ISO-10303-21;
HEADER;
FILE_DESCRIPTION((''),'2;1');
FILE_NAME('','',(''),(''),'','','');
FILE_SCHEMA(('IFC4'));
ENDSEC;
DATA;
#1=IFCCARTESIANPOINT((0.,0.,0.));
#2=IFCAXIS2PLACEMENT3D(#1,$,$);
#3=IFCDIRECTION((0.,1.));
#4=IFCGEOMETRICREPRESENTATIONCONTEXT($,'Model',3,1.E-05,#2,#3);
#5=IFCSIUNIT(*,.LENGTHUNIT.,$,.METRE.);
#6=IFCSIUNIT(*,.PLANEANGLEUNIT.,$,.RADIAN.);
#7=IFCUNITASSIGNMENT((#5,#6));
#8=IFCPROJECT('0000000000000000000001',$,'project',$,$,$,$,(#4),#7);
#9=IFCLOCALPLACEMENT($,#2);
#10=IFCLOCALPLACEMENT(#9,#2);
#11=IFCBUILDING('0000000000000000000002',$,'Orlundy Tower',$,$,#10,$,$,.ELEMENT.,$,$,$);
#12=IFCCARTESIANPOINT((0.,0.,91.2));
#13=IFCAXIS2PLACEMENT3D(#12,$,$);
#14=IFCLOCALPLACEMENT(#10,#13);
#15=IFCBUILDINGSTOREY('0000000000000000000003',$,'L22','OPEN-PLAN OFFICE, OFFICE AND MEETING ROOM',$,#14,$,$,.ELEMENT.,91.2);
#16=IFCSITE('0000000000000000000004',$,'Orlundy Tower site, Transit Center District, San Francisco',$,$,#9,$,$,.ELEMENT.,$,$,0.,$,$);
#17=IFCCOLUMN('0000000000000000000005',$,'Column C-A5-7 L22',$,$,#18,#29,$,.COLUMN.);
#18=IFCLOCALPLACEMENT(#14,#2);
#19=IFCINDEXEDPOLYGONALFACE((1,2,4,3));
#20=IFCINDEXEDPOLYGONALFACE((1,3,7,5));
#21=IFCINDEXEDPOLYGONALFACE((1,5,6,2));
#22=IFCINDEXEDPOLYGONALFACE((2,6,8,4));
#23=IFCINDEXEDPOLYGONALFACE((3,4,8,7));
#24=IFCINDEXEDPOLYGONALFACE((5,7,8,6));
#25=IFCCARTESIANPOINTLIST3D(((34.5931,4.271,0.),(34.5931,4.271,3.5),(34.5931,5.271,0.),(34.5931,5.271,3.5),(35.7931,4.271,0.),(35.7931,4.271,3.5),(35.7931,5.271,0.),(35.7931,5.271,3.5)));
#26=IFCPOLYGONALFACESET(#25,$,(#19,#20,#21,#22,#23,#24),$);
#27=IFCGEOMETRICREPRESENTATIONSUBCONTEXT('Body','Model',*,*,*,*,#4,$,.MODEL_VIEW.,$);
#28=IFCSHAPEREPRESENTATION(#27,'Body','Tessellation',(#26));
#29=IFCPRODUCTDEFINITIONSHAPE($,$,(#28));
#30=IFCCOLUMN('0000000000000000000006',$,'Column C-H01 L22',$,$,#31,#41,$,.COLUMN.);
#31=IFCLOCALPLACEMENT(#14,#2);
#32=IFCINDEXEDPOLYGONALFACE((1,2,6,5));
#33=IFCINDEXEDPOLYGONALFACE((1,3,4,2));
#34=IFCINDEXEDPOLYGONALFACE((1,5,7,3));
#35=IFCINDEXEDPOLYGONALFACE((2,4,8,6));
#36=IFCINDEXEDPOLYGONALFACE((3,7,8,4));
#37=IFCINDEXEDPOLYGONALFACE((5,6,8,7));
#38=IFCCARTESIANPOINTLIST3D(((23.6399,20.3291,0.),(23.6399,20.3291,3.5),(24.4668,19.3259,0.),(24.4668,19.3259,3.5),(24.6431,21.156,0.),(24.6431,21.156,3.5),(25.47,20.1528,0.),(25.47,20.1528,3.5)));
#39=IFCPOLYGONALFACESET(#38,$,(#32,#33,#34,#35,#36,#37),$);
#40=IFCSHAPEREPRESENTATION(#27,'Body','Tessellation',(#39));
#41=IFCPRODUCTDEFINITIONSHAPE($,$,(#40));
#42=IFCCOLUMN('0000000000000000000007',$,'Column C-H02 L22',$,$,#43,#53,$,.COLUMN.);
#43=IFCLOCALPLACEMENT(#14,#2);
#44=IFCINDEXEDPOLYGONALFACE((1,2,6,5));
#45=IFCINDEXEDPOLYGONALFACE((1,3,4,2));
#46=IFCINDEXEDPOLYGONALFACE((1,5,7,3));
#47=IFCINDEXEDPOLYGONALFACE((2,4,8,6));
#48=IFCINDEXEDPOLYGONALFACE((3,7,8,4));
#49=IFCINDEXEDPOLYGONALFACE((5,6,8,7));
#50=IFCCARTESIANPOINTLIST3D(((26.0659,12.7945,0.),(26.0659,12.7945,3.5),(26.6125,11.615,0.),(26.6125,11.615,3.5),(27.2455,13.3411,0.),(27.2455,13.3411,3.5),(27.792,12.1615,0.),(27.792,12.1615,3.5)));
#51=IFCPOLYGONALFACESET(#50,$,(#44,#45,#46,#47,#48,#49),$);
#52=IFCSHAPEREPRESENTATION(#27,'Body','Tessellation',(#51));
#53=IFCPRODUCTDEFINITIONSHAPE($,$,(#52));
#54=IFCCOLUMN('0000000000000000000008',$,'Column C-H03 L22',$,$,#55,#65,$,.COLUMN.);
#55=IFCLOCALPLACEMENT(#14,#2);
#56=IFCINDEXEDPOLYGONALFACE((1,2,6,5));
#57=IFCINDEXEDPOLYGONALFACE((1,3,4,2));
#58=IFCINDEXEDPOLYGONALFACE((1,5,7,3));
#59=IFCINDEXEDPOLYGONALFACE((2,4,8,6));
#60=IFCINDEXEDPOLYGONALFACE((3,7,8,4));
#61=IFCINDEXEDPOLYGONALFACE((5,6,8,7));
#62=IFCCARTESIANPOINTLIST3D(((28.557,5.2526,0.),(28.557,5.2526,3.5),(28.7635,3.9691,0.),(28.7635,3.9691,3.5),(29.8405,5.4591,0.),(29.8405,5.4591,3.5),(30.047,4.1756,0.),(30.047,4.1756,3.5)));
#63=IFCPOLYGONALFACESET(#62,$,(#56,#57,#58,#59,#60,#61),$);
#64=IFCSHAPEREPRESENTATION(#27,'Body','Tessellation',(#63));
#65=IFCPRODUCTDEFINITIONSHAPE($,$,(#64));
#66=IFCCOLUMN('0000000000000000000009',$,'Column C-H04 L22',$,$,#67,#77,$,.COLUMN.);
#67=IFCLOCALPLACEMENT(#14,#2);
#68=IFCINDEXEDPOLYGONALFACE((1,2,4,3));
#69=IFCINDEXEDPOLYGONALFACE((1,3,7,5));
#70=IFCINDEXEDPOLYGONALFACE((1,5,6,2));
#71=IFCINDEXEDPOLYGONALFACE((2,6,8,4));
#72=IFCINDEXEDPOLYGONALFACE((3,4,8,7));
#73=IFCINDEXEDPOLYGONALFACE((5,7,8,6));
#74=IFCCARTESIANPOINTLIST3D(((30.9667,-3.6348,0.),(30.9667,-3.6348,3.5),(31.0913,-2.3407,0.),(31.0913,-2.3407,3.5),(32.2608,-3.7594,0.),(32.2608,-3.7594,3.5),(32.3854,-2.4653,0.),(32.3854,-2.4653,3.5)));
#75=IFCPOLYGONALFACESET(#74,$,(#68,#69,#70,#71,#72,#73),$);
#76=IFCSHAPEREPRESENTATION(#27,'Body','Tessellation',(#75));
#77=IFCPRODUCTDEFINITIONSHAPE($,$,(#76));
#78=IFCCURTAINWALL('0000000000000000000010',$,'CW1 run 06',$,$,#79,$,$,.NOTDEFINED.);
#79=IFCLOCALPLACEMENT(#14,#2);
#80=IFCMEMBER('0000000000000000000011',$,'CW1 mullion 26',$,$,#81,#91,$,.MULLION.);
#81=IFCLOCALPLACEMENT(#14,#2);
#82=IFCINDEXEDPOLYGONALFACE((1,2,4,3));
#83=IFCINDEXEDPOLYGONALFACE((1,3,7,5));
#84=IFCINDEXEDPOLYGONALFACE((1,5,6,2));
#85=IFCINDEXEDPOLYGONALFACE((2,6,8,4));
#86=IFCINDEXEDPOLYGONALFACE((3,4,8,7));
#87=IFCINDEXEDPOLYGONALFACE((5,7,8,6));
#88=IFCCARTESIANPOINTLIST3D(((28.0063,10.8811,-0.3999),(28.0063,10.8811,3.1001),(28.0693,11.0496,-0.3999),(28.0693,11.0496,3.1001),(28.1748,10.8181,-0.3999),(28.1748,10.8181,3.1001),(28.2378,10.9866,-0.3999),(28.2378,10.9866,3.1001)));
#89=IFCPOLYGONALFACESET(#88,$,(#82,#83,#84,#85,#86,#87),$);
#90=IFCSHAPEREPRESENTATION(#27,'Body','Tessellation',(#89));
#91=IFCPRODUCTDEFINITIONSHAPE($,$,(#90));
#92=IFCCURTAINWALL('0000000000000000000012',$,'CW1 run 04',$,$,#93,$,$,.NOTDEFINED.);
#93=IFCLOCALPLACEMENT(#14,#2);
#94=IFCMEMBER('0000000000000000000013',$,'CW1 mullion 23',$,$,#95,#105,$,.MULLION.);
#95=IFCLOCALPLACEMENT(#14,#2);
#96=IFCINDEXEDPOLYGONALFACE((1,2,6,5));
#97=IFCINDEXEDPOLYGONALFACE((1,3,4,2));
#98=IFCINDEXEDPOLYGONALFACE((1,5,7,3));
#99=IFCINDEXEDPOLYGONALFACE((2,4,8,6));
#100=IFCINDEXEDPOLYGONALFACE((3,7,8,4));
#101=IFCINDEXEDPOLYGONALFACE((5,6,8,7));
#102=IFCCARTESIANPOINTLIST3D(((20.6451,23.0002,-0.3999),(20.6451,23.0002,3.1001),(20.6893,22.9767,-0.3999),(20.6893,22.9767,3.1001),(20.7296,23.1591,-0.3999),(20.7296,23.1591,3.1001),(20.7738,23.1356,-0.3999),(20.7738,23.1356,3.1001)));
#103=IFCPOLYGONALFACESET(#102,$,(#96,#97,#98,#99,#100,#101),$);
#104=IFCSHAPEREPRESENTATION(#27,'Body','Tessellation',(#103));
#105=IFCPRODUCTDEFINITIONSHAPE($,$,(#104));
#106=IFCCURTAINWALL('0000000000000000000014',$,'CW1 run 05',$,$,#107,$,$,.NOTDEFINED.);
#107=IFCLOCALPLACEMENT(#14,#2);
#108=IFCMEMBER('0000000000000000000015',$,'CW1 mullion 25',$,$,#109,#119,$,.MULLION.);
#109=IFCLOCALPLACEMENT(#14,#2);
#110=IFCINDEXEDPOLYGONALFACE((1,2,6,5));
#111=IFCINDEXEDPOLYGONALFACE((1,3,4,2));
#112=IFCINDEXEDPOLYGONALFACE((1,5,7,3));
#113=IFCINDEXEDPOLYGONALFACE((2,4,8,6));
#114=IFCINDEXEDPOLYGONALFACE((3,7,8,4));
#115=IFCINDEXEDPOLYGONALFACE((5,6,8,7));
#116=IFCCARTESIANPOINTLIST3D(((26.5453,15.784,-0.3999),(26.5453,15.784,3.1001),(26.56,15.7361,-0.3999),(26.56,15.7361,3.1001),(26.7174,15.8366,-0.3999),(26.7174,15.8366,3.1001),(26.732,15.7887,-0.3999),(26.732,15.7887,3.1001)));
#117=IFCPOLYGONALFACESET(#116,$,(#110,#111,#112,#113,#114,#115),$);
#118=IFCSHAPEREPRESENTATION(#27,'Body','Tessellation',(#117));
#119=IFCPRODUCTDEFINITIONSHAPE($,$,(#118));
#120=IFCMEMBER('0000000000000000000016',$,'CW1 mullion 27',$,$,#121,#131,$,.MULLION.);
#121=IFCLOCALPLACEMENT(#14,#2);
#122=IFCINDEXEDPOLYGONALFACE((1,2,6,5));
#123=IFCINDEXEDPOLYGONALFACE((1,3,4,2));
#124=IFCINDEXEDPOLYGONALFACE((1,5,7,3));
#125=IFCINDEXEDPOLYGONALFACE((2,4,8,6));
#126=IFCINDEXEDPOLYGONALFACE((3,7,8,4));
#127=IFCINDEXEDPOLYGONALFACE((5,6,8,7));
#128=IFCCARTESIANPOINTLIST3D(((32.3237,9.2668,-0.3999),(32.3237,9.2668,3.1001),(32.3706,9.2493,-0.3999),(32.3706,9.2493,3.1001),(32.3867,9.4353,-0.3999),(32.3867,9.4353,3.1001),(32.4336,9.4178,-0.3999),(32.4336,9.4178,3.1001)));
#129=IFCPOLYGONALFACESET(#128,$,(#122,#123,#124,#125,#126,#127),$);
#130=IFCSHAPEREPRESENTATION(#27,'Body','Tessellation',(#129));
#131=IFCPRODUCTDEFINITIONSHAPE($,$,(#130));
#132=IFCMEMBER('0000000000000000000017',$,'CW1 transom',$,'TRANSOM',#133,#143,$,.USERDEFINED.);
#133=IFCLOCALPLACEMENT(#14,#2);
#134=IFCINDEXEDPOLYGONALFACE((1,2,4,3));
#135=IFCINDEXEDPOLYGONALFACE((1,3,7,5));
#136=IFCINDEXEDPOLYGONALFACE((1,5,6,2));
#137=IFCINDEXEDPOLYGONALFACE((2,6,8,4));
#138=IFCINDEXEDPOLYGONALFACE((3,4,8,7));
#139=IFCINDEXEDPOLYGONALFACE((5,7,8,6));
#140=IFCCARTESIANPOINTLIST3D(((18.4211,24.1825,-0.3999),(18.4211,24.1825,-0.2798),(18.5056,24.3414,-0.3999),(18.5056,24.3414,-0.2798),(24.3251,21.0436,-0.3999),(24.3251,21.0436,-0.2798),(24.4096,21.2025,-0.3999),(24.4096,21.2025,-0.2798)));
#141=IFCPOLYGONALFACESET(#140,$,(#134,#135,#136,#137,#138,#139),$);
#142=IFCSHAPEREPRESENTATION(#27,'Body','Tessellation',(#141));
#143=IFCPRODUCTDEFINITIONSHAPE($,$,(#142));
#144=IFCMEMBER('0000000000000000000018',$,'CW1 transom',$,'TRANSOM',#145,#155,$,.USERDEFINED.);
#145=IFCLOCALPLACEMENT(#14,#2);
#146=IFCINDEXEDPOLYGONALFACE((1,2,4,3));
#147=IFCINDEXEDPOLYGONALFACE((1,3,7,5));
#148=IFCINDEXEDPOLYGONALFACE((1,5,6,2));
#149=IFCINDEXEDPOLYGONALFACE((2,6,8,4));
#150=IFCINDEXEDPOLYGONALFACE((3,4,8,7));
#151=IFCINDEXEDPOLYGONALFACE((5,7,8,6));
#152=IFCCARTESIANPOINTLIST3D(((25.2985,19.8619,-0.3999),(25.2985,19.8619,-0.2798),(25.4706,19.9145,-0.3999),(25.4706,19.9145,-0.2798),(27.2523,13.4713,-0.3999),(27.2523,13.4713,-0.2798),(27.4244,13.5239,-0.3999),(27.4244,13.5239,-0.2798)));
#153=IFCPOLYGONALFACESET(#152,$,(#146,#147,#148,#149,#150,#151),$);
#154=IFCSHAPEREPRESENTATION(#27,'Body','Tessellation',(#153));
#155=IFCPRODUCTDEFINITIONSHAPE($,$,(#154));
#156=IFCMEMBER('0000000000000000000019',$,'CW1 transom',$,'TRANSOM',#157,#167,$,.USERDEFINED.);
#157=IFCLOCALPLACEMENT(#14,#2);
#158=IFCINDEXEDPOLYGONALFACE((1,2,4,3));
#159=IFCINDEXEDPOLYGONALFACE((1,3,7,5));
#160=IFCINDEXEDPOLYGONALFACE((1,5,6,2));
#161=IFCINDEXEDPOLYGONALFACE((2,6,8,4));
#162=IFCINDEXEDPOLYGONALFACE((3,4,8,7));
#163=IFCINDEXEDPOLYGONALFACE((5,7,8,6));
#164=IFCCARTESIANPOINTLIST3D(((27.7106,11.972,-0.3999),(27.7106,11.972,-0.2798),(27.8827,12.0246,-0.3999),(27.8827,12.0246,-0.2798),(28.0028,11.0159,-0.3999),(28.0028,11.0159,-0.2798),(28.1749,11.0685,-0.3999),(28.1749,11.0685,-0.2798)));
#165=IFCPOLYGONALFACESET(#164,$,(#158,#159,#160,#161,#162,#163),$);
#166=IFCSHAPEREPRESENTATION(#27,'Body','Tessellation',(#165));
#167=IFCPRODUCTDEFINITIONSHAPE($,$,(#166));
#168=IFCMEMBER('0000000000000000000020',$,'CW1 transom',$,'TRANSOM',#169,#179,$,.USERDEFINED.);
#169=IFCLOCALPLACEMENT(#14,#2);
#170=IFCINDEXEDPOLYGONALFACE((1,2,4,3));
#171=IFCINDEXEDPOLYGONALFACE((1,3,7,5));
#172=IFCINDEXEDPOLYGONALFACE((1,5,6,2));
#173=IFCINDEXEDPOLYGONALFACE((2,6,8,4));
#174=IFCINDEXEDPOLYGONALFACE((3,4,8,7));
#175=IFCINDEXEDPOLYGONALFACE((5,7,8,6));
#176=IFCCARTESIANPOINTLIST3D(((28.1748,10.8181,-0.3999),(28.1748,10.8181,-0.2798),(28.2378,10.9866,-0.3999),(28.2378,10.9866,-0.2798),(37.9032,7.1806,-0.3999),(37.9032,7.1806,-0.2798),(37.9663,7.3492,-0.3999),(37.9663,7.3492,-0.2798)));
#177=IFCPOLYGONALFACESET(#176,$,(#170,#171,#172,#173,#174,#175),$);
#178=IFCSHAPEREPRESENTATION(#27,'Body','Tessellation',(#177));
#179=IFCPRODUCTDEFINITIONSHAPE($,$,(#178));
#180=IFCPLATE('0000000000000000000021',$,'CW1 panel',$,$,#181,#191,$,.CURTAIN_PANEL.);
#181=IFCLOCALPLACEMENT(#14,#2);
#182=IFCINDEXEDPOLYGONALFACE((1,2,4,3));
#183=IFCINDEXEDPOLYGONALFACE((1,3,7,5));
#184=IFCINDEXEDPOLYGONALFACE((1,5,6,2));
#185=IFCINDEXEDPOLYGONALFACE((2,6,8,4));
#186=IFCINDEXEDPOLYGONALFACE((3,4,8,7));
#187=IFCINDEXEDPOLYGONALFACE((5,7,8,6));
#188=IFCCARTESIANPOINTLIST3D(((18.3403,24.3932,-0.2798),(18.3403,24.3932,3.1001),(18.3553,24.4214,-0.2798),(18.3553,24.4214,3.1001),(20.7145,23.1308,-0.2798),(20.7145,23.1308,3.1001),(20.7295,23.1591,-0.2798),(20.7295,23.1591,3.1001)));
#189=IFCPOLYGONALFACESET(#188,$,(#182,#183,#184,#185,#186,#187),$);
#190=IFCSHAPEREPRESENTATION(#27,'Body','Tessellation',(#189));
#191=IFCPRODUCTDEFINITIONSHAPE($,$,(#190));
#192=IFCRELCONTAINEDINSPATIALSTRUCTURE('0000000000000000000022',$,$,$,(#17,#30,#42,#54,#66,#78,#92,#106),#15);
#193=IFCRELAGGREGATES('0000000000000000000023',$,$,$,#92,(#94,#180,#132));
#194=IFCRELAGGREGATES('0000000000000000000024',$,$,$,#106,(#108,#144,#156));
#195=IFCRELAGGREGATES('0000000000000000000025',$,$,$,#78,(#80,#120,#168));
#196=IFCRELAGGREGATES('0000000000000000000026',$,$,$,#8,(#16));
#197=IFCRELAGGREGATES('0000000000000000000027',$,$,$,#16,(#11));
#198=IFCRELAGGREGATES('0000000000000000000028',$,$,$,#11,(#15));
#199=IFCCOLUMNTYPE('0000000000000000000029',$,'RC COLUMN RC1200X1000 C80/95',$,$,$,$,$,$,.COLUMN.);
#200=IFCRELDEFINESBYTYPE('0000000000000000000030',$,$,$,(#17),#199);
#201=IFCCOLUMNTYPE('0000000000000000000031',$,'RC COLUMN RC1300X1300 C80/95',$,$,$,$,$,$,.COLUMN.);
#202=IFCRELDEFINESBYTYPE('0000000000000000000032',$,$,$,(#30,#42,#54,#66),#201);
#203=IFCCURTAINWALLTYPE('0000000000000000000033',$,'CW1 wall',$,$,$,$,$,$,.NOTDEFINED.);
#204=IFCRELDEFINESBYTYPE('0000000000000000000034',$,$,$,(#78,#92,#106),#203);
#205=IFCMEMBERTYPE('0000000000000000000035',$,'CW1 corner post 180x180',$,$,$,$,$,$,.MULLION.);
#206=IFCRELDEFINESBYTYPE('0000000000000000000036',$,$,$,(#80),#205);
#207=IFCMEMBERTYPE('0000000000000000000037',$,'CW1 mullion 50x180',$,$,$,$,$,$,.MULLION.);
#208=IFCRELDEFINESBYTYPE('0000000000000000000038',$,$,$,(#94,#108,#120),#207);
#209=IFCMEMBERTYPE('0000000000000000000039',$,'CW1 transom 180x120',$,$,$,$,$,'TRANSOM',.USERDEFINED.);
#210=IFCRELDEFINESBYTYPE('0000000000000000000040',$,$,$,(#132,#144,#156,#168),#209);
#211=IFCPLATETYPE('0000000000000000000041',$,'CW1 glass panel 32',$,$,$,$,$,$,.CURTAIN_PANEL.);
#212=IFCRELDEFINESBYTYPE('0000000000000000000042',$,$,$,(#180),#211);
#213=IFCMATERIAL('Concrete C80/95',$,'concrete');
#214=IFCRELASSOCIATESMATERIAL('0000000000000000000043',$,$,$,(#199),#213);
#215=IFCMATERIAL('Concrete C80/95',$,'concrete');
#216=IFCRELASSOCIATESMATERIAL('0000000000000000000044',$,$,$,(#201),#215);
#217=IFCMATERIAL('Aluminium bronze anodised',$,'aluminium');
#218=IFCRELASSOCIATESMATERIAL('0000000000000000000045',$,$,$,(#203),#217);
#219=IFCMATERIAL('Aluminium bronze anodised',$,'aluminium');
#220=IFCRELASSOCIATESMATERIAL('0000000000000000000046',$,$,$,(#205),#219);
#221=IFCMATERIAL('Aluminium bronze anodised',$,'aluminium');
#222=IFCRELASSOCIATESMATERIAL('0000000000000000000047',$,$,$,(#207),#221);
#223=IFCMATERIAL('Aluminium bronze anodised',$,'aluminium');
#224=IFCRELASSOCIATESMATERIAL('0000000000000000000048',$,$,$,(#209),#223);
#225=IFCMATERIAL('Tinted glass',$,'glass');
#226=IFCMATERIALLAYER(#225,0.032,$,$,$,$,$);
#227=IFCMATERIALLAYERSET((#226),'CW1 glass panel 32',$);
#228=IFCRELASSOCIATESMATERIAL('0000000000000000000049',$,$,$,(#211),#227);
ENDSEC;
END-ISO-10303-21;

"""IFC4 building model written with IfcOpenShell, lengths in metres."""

from ifc_helpers import new_model, si_unit, direction, frame, origin, origin_2d, place, context, subcontext, project, spatial, rectangle, extrude, material, layer, layer_set, material_profile, profile_set, type_object, element, aggregate, save


model = new_model("IFC4")

# Units and contexts
model_context = context("Model", 3, precision=1e-05, world=origin(), true_north=direction((0.0, 1.0)))
body_context = subcontext(model_context, "Body", "Model", "MODEL_VIEW")
ifc_project = project(units=[si_unit("LENGTHUNIT", "METRE"), si_unit("PLANEANGLEUNIT", "RADIAN")], contexts=[model_context])

# Site, building, storey
site_placement = place(None, origin())
site = spatial("IfcSite", under=ifc_project, at=site_placement, Name="Orlundy Tower site, Transit Center District, San Francisco", CompositionType="ELEMENT", RefElevation=0.0)
building_placement = place(site_placement, origin())
building = spatial("IfcBuilding", under=site, at=building_placement, Name="Orlundy Tower", CompositionType="ELEMENT")
storey_placement = place(building_placement, frame((0.0, 0.0, 91.2)))
storey = spatial("IfcBuildingStorey", under=building, at=storey_placement, Name="L22", Description="OPEN-PLAN OFFICE, OFFICE AND MEETING ROOM", CompositionType="ELEMENT", Elevation=91.2)

# Columns
ifc_material_1 = material(Name="Concrete C80/95", Category="concrete")
ifc_material_profile_1 = material_profile(ifc_material_1, rectangle(XDim=1.2, YDim=1.0, at=origin_2d()), Name="RC1200X1000")
ifc_profile_set_1 = profile_set([ifc_material_profile_1], Name="Concrete C80/95")
column_type_1 = type_object("IfcColumnType", Name="RC COLUMN RC1200X1000 C80/95", PredefinedType="COLUMN", material=ifc_profile_set_1)
column_placement = place(storey_placement, frame((35.1931, 4.771, 0.0), z_axis=(0.0, 0.0, 1.0), x_axis=(1.0, 0.0, 0.0)))
element("IfcColumn", 1, at=column_placement, inside=storey, type_object=column_type_1, Name="Column C-A5-7 L22", PredefinedType="COLUMN", context=body_context, shape_type="SweptSolid", body=[
    extrude(rectangle(XDim=1.2, YDim=1.0, at=origin_2d()), origin(), (0.0, 0.0, 1.0), 3.5),
])
ifc_material_2 = material(Name="Concrete C80/95", Category="concrete")
ifc_material_profile_2 = material_profile(ifc_material_2, rectangle(XDim=1.3, YDim=1.3, at=origin_2d()), Name="RC1300X1300")
ifc_profile_set_2 = profile_set([ifc_material_profile_2], Name="Concrete C80/95")
column_type_2 = type_object("IfcColumnType", Name="RC COLUMN RC1300X1300 C80/95", PredefinedType="COLUMN", material=ifc_profile_set_2)
for number, where, z_axis, x_axis, name in (
    (2, (24.5549, 20.241, 0.0), (0.0, 0.0, 1.0), (0.771636, 0.636065, 0.0), "Column C-H01 L22"),
    (3, (26.929, 12.478, 0.0), (0.0, 0.0, 1.0), (0.90733, 0.420418, 0.0), "Column C-H02 L22"),
    (4, (29.302, 4.7141, 0.0), (0.0, 0.0, 1.0), (0.987306, 0.15883, 0.0), "Column C-H03 L22"),
    (5, (31.676, -3.05, 0.0), (0.0, 0.0, 1.0), (0.995396, -0.095846, 0.0), "Column C-H04 L22"),
):
    element("IfcColumn", number, at=place(storey_placement, frame(where, z_axis=z_axis, x_axis=x_axis)), inside=storey, type_object=column_type_2, Name=name, PredefinedType="COLUMN", context=body_context, shape_type="SweptSolid", body=[
        extrude(rectangle(XDim=1.3, YDim=1.3, at=origin_2d()), origin(), (0.0, 0.0, 1.0), 3.5),
    ])

# Curtain walls, members
ifc_material_3 = material(Name="Aluminium bronze anodised", Category="aluminium")
curtain_wall_type = type_object("IfcCurtainWallType", Name="CW1 wall", PredefinedType="NOTDEFINED", material=ifc_material_3)
curtain_wall_1_placement = place(storey_placement, origin())
curtain_wall_1 = element("IfcCurtainWall", 6, at=curtain_wall_1_placement, inside=storey, type_object=curtain_wall_type, Name="CW1 run 06", PredefinedType="NOTDEFINED")
ifc_material_4 = material(Name="Aluminium bronze anodised", Category="aluminium")
ifc_material_profile_3 = material_profile(ifc_material_4, rectangle(XDim=0.1799, YDim=0.1799, at=origin_2d()), Name="CW1 corner post 180x180")
ifc_profile_set_3 = profile_set([ifc_material_profile_3], Name="Aluminium bronze anodised")
member_type_1 = type_object("IfcMemberType", Name="CW1 corner post 180x180", PredefinedType="MULLION", material=ifc_profile_set_3)
member_1_placement = place(storey_placement, frame((28.1221, 10.9338, -0.3999), z_axis=(0.0, 0.0, 1.0), x_axis=(0.350204, 0.936674, 0.0)))
member_1 = element("IfcMember", 7, at=member_1_placement, type_object=member_type_1, Name="CW1 mullion 26", PredefinedType="MULLION", context=body_context, shape_type="SweptSolid", body=[
    extrude(rectangle(XDim=0.1799, YDim=0.1799, at=origin_2d()), origin(), (0.0, 0.0, 1.0), 3.5),
])
curtain_wall_2_placement = place(storey_placement, origin())
curtain_wall_2 = element("IfcCurtainWall", 8, at=curtain_wall_2_placement, inside=storey, type_object=curtain_wall_type, Name="CW1 run 04", PredefinedType="NOTDEFINED")
ifc_material_5 = material(Name="Aluminium bronze anodised", Category="aluminium")
ifc_material_profile_4 = material_profile(ifc_material_5, rectangle(XDim=0.1799, YDim=0.05, at=origin_2d()), Name="CW1 mullion 50x180")
ifc_profile_set_4 = profile_set([ifc_material_profile_4], Name="Aluminium bronze anodised")
member_type_2 = type_object("IfcMemberType", Name="CW1 mullion 50x180", PredefinedType="MULLION", material=ifc_profile_set_4)
member_2_placement = place(storey_placement, frame((20.7095, 23.0679, -0.3999), z_axis=(0.0, 0.0, 1.0), x_axis=(0.469445, 0.882961, 0.0)))
member_2 = element("IfcMember", 9, at=member_2_placement, type_object=member_type_2, Name="CW1 mullion 23", PredefinedType="MULLION", context=body_context, shape_type="SweptSolid", body=[
    extrude(rectangle(XDim=0.1799, YDim=0.05, at=origin_2d()), origin(), (0.0, 0.0, 1.0), 3.5),
])
curtain_wall_3_placement = place(storey_placement, origin())
curtain_wall_3 = element("IfcCurtainWall", 10, at=curtain_wall_3_placement, inside=storey, type_object=curtain_wall_type, Name="CW1 run 05", PredefinedType="NOTDEFINED")
member_3_placement = place(storey_placement, frame((26.6387, 15.7864, -0.3999), z_axis=(0.0, 0.0, 1.0), x_axis=(0.956308, 0.292362, 0.0)))
member_3 = element("IfcMember", 11, at=member_3_placement, type_object=member_type_2, Name="CW1 mullion 25", PredefinedType="MULLION", context=body_context, shape_type="SweptSolid", body=[
    extrude(rectangle(XDim=0.1799, YDim=0.05, at=origin_2d()), origin(), (0.0, 0.0, 1.0), 3.5),
])

# Members
member_4_placement = place(storey_placement, frame((32.3787, 9.3423, -0.3999), z_axis=(0.0, 0.0, 1.0), x_axis=(0.350204, 0.936674, 0.0)))
member_4 = element("IfcMember", 12, at=member_4_placement, type_object=member_type_2, Name="CW1 mullion 27", PredefinedType="MULLION", context=body_context, shape_type="SweptSolid", body=[
    extrude(rectangle(XDim=0.1799, YDim=0.05, at=origin_2d()), origin(), (0.0, 0.0, 1.0), 3.5),
])
ifc_material_6 = material(Name="Aluminium bronze anodised", Category="aluminium")
ifc_material_profile_5 = material_profile(ifc_material_6, rectangle(XDim=0.1799, YDim=0.1201, at=origin_2d()), Name="CW1 transom 180x120")
ifc_profile_set_5 = profile_set([ifc_material_profile_5], Name="Aluminium bronze anodised")
member_type_3 = type_object("IfcMemberType", Name="CW1 transom 180x120", ElementType="TRANSOM", PredefinedType="USERDEFINED", material=ifc_profile_set_5)
member_5_placement = place(storey_placement, frame((18.4634, 24.262, -0.3398), z_axis=(0.882968, -0.469434, 0.0), x_axis=(0.469434, 0.882968, 0.0)))
member_5 = element("IfcMember", 13, at=member_5_placement, type_object=member_type_3, Name="CW1 transom", ObjectType="TRANSOM", PredefinedType="USERDEFINED", context=body_context, shape_type="SweptSolid", body=[
    extrude(rectangle(XDim=0.1799, YDim=0.1201, at=origin_2d()), origin(), (0.0, 0.0, 1.0), 6.6865),
])
member_6_placement = place(storey_placement, frame((25.3845, 19.8882, -0.3398), z_axis=(0.292378, -0.956303, 0.0), x_axis=(0.956303, 0.292378, 0.0)))
member_6 = element("IfcMember", 14, at=member_6_placement, type_object=member_type_3, Name="CW1 transom", ObjectType="TRANSOM", PredefinedType="USERDEFINED", context=body_context, shape_type="SweptSolid", body=[
    extrude(rectangle(XDim=0.1799, YDim=0.1201, at=origin_2d()), origin(), (0.0, 0.0, 1.0), 6.6826),
])
member_7_placement = place(storey_placement, frame((27.7966, 11.9983, -0.3398), z_axis=(0.292318, -0.956321, 0.0), x_axis=(0.956321, 0.292318, 0.0)))
member_7 = element("IfcMember", 15, at=member_7_placement, type_object=member_type_3, Name="CW1 transom", ObjectType="TRANSOM", PredefinedType="USERDEFINED", context=body_context, shape_type="SweptSolid", body=[
    extrude(rectangle(XDim=0.1799, YDim=0.1201, at=origin_2d()), origin(), (0.0, 0.0, 1.0), 0.9998),
])
member_8_placement = place(storey_placement, frame((28.2063, 10.9023, -0.3398), z_axis=(0.936669, -0.350217, 0.0), x_axis=(0.350217, 0.936669, 0.0)))
member_8 = element("IfcMember", 16, at=member_8_placement, type_object=member_type_3, Name="CW1 transom", ObjectType="TRANSOM", PredefinedType="USERDEFINED", context=body_context, shape_type="SweptSolid", body=[
    extrude(rectangle(XDim=0.1799, YDim=0.1201, at=origin_2d()), origin(), (0.0, 0.0, 1.0), 10.3862),
])

# Plate
ifc_material_7 = material(Name="Tinted glass", Category="glass")
ifc_layer_1 = layer(ifc_material_7, 0.032)
ifc_layer_set_1 = layer_set([ifc_layer_1], Name="CW1 glass panel 32")
plate_type = type_object("IfcPlateType", Name="CW1 glass panel 32", PredefinedType="CURTAIN_PANEL", material=ifc_layer_set_1)
plate_1_placement = place(storey_placement, frame((19.5349, 23.7761, -0.2798), z_axis=(0.0, 0.0, 1.0), x_axis=(0.882961, -0.469445, 0.0)))
plate_1 = element("IfcPlate", 17, at=plate_1_placement, type_object=plate_type, Name="CW1 panel", PredefinedType="CURTAIN_PANEL", context=body_context, shape_type="SweptSolid", body=[
    extrude(rectangle(XDim=2.689, YDim=0.032, at=origin_2d()), origin(), (0.0, 0.0, 1.0), 3.3799),
])
aggregate(curtain_wall_2, [member_2, plate_1, member_5])
aggregate(curtain_wall_3, [member_3, member_6, member_7])
aggregate(curtain_wall_1, [member_1, member_4, member_8])

save(model, "model.ifc")
